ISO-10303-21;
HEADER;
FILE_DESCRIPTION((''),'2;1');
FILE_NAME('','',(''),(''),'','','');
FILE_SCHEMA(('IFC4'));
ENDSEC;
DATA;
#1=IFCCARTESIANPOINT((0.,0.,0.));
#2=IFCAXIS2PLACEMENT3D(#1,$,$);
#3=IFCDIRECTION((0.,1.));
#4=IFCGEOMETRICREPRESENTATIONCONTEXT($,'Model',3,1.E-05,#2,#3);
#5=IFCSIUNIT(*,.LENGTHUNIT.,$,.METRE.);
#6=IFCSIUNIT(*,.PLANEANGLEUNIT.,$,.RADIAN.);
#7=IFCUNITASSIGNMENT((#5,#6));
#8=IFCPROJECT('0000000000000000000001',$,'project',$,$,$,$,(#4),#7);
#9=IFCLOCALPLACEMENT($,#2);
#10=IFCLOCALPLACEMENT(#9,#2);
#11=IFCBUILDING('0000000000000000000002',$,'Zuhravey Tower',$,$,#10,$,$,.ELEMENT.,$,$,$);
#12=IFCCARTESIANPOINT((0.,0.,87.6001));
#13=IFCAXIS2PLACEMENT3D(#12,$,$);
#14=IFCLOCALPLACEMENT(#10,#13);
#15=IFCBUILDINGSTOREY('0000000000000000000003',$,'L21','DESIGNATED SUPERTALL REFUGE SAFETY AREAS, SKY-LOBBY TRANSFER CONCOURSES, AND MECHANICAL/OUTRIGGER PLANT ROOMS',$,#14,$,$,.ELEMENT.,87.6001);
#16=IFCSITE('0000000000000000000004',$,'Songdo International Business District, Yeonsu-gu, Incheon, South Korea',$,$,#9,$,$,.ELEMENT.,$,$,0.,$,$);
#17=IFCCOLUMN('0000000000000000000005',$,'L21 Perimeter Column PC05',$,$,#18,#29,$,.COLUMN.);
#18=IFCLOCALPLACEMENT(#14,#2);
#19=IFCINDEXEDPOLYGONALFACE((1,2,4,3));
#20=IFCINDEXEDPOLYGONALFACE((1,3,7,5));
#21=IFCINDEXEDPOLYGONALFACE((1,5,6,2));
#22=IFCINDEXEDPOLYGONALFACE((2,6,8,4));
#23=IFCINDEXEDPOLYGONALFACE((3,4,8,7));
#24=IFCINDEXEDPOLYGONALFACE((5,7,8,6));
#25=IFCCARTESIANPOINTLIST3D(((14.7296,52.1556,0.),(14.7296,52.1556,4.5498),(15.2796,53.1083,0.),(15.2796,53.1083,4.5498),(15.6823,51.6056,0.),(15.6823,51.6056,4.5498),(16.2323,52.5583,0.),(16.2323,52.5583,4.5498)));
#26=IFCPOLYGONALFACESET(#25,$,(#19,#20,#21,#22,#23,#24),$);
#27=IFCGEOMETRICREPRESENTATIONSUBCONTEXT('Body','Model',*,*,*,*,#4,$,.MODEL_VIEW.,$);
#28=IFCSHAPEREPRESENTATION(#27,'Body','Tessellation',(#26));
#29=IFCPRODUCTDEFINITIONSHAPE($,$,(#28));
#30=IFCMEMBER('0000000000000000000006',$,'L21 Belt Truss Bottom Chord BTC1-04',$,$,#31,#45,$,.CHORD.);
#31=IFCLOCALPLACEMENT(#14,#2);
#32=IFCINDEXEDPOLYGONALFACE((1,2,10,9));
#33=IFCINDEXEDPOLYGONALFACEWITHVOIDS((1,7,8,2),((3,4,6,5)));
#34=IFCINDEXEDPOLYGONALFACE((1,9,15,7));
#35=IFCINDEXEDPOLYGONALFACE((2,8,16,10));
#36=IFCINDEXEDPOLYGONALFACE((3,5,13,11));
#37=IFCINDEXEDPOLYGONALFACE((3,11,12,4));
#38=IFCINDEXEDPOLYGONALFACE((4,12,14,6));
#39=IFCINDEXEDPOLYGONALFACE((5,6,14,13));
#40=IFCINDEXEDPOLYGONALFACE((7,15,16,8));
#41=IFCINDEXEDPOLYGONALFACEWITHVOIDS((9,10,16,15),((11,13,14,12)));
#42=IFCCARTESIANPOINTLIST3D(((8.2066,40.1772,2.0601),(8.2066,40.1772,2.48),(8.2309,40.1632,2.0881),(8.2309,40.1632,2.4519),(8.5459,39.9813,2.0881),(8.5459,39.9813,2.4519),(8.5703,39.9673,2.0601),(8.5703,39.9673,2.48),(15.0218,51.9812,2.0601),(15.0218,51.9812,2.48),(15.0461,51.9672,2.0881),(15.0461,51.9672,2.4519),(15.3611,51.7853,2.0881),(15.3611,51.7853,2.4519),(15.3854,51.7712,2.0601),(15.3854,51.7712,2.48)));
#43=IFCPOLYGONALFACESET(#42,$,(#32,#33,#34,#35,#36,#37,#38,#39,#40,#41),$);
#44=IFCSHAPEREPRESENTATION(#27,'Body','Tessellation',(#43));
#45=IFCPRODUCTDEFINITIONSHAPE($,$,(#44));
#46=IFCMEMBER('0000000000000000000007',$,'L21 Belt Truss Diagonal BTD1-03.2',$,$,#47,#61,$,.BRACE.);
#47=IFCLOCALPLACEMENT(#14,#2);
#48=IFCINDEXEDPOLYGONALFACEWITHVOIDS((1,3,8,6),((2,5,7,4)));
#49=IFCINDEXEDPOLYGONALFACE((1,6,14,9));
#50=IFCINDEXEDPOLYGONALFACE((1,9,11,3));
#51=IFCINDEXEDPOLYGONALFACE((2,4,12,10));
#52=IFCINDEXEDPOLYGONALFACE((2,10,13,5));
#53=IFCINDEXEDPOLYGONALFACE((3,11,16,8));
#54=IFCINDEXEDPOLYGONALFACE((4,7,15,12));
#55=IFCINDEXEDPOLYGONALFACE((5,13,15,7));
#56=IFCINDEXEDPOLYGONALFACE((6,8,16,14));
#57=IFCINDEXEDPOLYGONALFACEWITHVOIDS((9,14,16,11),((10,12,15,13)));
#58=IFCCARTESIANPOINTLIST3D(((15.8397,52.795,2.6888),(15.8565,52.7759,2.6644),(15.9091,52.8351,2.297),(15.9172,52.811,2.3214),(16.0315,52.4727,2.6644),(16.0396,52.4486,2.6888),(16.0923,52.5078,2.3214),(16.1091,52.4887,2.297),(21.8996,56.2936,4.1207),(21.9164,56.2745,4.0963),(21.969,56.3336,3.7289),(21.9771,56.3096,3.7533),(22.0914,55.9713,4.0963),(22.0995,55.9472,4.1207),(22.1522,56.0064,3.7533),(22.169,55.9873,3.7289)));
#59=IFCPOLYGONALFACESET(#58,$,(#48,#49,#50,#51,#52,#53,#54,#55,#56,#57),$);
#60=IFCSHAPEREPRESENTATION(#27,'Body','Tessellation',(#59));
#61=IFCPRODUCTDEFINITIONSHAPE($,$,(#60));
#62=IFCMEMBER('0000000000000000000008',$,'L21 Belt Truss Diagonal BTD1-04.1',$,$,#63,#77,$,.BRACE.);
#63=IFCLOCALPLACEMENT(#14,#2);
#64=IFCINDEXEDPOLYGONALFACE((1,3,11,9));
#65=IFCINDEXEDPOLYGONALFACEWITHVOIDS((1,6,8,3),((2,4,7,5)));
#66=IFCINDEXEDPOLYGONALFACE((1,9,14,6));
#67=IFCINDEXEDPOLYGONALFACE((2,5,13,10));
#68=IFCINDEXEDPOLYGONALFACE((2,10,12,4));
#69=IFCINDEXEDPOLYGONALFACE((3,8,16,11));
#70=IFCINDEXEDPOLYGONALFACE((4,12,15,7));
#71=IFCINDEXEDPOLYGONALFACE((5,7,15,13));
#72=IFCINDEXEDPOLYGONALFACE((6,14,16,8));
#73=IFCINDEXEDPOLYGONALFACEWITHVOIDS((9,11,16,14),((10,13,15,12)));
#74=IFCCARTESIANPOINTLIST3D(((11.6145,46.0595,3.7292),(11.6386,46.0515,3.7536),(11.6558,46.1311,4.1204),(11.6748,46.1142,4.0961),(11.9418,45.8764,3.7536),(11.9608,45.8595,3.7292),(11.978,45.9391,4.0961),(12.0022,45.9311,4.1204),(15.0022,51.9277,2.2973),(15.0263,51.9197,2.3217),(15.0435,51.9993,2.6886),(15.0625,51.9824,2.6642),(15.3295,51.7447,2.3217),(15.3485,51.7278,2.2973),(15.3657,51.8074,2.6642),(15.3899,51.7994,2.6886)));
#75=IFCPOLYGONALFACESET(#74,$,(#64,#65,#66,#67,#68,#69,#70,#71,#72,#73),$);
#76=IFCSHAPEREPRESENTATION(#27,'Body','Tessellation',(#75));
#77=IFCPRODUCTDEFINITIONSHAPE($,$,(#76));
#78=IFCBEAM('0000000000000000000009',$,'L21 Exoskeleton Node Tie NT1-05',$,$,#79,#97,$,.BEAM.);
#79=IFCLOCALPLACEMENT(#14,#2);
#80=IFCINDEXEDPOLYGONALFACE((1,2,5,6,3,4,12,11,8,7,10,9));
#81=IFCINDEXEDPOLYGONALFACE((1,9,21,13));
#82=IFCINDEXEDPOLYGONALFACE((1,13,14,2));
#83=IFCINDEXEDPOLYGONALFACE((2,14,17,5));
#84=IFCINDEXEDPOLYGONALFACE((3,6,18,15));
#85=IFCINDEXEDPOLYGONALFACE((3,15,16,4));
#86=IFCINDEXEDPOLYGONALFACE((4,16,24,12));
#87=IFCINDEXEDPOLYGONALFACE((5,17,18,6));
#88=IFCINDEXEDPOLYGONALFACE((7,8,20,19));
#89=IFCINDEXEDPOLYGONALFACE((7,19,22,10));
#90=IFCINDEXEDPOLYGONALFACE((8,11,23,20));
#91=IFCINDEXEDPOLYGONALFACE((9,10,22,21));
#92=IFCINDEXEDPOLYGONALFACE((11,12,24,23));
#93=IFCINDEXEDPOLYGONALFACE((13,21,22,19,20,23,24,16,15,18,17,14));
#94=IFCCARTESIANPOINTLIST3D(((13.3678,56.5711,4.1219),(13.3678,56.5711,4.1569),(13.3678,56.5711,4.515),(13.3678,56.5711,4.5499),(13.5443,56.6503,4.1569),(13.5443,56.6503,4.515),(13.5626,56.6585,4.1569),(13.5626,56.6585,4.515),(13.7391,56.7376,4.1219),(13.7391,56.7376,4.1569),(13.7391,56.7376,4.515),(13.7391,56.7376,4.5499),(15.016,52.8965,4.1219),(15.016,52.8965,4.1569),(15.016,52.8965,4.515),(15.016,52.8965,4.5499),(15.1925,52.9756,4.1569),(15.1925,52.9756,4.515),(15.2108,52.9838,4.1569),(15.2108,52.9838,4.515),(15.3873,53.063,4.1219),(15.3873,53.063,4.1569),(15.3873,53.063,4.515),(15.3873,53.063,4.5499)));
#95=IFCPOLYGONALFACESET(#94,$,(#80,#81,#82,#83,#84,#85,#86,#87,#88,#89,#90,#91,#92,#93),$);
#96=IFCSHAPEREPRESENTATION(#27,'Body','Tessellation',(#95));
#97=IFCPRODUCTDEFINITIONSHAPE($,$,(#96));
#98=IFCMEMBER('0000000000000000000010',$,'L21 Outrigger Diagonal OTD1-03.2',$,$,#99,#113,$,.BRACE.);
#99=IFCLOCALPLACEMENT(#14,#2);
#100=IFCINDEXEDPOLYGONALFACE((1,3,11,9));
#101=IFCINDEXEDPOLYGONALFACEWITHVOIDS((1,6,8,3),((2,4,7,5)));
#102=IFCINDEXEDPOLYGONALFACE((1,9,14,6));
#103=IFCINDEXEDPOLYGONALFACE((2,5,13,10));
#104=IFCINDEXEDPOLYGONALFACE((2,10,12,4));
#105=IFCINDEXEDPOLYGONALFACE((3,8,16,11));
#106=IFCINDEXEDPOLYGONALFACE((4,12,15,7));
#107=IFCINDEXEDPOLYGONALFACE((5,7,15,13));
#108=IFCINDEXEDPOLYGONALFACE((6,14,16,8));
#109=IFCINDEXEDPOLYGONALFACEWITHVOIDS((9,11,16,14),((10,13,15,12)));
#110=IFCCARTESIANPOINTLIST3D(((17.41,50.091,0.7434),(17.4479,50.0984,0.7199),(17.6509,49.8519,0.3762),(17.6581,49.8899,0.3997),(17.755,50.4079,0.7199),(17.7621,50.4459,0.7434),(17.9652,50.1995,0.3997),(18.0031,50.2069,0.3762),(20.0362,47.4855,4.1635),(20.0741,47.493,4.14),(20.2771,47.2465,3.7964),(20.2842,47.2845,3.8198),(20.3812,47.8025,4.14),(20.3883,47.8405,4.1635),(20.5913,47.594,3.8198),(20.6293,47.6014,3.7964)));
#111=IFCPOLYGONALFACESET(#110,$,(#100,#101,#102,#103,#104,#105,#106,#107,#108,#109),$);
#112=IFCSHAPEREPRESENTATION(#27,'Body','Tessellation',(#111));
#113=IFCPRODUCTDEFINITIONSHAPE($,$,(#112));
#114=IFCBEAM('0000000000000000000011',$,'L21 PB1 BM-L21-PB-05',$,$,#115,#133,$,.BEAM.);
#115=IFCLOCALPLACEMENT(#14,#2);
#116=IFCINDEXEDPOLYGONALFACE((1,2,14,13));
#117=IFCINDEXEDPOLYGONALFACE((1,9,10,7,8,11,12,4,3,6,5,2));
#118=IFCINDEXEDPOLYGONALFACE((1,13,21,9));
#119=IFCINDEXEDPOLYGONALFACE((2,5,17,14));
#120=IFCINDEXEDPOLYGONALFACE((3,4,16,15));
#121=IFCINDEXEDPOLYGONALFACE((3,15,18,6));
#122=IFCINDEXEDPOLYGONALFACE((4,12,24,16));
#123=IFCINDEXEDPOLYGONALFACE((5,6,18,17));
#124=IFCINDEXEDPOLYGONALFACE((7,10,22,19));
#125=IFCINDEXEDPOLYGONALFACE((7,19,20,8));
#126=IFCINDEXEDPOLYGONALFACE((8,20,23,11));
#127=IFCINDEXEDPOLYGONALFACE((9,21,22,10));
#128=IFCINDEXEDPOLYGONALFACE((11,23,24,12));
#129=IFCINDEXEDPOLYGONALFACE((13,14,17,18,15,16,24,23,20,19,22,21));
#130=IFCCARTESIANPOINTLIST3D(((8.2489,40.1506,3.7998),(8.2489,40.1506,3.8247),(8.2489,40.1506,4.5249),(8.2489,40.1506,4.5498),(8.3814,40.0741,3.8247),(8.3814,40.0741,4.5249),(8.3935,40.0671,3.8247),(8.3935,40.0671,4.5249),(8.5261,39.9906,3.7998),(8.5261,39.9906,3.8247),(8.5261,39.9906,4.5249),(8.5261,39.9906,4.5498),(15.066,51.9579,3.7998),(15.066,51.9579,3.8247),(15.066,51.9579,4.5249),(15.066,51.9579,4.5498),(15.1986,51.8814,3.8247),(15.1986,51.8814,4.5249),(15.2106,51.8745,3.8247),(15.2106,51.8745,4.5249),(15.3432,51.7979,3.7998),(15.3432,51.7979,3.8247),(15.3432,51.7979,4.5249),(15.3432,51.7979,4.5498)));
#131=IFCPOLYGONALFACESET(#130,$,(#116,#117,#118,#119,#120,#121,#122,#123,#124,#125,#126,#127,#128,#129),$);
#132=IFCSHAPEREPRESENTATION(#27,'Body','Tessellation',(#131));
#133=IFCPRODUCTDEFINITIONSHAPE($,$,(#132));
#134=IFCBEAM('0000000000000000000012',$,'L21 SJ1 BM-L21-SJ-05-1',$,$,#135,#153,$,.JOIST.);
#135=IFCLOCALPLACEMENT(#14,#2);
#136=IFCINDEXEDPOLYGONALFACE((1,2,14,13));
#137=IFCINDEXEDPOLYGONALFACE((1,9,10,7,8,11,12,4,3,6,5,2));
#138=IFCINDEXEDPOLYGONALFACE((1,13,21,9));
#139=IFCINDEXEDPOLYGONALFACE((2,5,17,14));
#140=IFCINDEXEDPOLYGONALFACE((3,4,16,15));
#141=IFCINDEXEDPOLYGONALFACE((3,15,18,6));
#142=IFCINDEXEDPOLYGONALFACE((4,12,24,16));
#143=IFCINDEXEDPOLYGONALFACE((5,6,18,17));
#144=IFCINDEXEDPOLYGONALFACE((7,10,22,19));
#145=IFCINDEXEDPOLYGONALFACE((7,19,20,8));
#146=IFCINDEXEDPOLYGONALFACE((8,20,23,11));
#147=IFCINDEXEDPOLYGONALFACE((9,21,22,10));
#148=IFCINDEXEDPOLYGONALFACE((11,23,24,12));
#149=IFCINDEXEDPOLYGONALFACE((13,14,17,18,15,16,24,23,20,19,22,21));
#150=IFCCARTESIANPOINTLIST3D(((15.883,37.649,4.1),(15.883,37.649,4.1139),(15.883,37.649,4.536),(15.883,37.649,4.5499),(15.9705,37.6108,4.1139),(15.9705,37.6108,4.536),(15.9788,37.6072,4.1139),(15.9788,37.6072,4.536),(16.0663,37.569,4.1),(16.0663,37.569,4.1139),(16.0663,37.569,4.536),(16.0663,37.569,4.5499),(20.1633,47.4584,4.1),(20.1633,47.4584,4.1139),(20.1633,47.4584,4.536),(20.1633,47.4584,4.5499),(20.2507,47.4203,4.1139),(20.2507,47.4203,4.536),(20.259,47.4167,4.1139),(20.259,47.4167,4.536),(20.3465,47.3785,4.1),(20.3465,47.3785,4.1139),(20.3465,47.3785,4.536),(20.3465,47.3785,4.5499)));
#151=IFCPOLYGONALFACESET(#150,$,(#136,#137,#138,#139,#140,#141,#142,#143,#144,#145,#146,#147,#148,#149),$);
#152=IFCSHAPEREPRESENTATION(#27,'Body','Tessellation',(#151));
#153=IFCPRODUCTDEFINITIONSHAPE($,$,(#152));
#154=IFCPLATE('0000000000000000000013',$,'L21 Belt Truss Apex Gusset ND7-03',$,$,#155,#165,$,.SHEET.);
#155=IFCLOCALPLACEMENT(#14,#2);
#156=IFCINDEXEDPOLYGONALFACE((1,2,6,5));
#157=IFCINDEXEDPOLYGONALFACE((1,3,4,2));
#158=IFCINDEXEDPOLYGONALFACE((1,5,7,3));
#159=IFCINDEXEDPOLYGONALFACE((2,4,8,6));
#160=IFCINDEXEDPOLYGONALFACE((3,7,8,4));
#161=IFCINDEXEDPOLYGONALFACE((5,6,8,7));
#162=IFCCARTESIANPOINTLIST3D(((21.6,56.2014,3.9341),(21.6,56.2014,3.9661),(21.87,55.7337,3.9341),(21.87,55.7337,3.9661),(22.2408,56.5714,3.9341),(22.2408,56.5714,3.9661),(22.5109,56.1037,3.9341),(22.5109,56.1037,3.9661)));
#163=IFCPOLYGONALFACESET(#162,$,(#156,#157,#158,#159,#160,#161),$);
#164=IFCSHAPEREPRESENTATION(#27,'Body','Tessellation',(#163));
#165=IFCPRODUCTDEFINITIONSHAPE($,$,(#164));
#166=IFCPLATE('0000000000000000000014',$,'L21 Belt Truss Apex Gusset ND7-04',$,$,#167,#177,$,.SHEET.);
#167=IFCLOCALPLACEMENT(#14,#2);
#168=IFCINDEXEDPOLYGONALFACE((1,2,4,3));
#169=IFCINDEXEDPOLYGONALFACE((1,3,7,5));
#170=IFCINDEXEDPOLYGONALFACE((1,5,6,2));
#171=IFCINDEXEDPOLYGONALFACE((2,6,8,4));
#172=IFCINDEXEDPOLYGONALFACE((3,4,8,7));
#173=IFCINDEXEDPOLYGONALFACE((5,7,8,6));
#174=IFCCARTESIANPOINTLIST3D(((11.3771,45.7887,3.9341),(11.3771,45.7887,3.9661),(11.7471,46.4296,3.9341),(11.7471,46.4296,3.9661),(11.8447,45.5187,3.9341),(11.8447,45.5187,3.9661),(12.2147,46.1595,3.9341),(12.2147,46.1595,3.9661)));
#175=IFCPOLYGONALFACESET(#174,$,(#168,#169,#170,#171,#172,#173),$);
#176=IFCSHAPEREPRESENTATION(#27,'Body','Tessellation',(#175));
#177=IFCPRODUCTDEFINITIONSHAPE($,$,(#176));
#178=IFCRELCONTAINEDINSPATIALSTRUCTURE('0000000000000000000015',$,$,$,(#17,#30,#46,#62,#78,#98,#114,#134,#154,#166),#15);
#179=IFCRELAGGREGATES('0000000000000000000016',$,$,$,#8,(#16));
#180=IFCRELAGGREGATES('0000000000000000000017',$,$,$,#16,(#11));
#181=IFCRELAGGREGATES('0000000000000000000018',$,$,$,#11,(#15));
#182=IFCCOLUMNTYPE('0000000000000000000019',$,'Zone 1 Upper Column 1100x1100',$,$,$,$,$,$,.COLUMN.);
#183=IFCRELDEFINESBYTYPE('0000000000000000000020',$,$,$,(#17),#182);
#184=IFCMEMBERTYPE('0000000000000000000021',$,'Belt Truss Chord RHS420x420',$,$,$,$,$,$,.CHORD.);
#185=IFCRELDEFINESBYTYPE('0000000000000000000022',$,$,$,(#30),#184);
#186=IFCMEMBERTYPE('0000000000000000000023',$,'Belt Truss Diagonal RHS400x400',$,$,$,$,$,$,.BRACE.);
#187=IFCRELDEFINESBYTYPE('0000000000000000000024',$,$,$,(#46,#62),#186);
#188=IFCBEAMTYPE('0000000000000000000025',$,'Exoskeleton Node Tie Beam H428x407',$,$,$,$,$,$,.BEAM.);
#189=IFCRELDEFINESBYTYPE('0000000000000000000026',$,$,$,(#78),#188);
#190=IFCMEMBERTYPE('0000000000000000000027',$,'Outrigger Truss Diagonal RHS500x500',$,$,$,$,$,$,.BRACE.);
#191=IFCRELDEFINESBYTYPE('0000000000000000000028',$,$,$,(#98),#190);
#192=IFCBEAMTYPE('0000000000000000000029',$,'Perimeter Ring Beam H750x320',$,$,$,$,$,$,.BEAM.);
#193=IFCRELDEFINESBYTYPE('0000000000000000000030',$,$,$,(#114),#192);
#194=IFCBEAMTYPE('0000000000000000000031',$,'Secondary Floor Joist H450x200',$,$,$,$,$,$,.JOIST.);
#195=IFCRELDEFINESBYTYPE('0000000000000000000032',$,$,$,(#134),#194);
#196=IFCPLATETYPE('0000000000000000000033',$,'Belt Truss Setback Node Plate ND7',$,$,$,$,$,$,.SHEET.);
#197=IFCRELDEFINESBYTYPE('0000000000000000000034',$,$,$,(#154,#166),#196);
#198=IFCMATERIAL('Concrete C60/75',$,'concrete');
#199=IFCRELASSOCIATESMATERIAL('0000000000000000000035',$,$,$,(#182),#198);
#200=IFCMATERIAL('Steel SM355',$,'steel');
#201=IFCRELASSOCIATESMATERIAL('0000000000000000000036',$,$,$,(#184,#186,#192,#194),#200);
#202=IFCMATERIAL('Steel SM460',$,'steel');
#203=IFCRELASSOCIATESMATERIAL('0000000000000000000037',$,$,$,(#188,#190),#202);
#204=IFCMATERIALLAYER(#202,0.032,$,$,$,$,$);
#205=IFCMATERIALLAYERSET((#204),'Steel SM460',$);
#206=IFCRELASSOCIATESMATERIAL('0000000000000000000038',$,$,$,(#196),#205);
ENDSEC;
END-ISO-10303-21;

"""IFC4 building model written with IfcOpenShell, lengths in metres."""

from ifc_helpers import new_model, si_unit, direction, frame, origin, origin_2d, place, context, subcontext, project, spatial, rectangle, hollow_rectangle, i_section, extrude, material, layer, layer_set, material_profile, profile_set, type_object, element, save


model = new_model("IFC4")

# Units and contexts
model_context = context("Model", 3, precision=1e-05, world=origin(), true_north=direction((0.0, 1.0)))
body_context = subcontext(model_context, "Body", "Model", "MODEL_VIEW")
ifc_project = project(units=[si_unit("LENGTHUNIT", "METRE"), si_unit("PLANEANGLEUNIT", "RADIAN")], contexts=[model_context])

# Site, building, storey
site_placement = place(None, origin())
site = spatial("IfcSite", under=ifc_project, at=site_placement, Name="Songdo International Business District, Yeonsu-gu, Incheon, South Korea", CompositionType="ELEMENT", RefElevation=0.0)
building_placement = place(site_placement, origin())
building = spatial("IfcBuilding", under=site, at=building_placement, Name="Zuhravey Tower", CompositionType="ELEMENT")
storey_placement = place(building_placement, frame((0.0, 0.0, 87.6001)))
storey = spatial("IfcBuildingStorey", under=building, at=storey_placement, Name="L21", Description="DESIGNATED SUPERTALL REFUGE SAFETY AREAS, SKY-LOBBY TRANSFER CONCOURSES, AND MECHANICAL/OUTRIGGER PLANT ROOMS", CompositionType="ELEMENT", Elevation=87.6001)

# Column
ifc_material_1 = material(Name="Concrete C60/75", Category="concrete")
ifc_material_profile_1 = material_profile(ifc_material_1, rectangle(XDim=1.1001, YDim=1.1001, at=origin_2d()), Name="RC-1100x1100")
ifc_profile_set_1 = profile_set([ifc_material_profile_1], Name="Concrete C60/75")
column_type = type_object("IfcColumnType", Name="Zone 1 Upper Column 1100x1100", PredefinedType="COLUMN", material=ifc_profile_set_1)
column_placement = place(storey_placement, frame((15.481, 52.3569, 0.0), z_axis=(0.0, 0.0, 1.0), x_axis=(-0.5, -0.866025, 0.0)))
element("IfcColumn", 1, at=column_placement, inside=storey, type_object=column_type, Name="L21 Perimeter Column PC05", PredefinedType="COLUMN", context=body_context, shape_type="SweptSolid", body=[
    extrude(rectangle(XDim=1.1001, YDim=1.1001, at=origin_2d()), origin(), (0.0, 0.0, 1.0), 4.5498),
])

# Members
ifc_material_2 = material(Name="Steel SM355", Category="steel")
ifc_material_profile_2 = material_profile(ifc_material_2, hollow_rectangle(XDim=0.4199, YDim=0.4199, WallThickness=0.0281, at=origin_2d()), Name="RHS-420x420x28")
ifc_profile_set_2 = profile_set([ifc_material_profile_2], Name="Steel SM355")
member_type_1 = type_object("IfcMemberType", Name="Belt Truss Chord RHS420x420", PredefinedType="CHORD", material=ifc_profile_set_2)
member_1_placement = place(storey_placement, frame((15.2036, 51.8762, 2.27), z_axis=(-0.500009, -0.86602, 0.0), x_axis=(0.86602, -0.500009, 0.0)))
element("IfcMember", 2, at=member_1_placement, inside=storey, type_object=member_type_1, Name="L21 Belt Truss Bottom Chord BTC1-04", PredefinedType="CHORD", context=body_context, shape_type="SweptSolid", body=[
    extrude(hollow_rectangle(XDim=0.4199, YDim=0.4199, WallThickness=0.0281, at=origin_2d()), origin(), (0.0, 0.0, 1.0), 13.6301),
])
ifc_material_profile_3 = material_profile(ifc_material_2, hollow_rectangle(XDim=0.3999, YDim=0.3999, WallThickness=0.0249, at=origin_2d()), Name="RHS-400x400x25")
ifc_profile_set_3 = profile_set([ifc_material_profile_3], Name="Steel SM355")
member_type_2 = type_object("IfcMemberType", Name="Belt Truss Diagonal RHS400x400", PredefinedType="BRACE", material=ifc_profile_set_3)
member_2_placement = place(storey_placement, frame((15.9744, 52.6418, 2.4929), z_axis=(0.848449, 0.489838, 0.200482), x_axis=(-0.499989, 0.866032, 0.0)))
element("IfcMember", 3, at=member_2_placement, inside=storey, type_object=member_type_2, Name="L21 Belt Truss Diagonal BTD1-03.2", PredefinedType="BRACE", context=body_context, shape_type="SweptSolid", body=[
    extrude(hollow_rectangle(XDim=0.3999, YDim=0.3999, WallThickness=0.0249, at=origin_2d()), origin(), (0.0, 0.0, 1.0), 7.1423),
])
member_3_placement = place(storey_placement, frame((15.196, 51.8635, 2.4929), z_axis=(-0.489165, -0.847331, 0.206756), x_axis=(0.866044, -0.499968, 0.0)))
element("IfcMember", 4, at=member_3_placement, inside=storey, type_object=member_type_2, Name="L21 Belt Truss Diagonal BTD1-04.1", PredefinedType="BRACE", context=body_context, shape_type="SweptSolid", body=[
    extrude(hollow_rectangle(XDim=0.3999, YDim=0.3999, WallThickness=0.0249, at=origin_2d()), origin(), (0.0, 0.0, 1.0), 6.9255),
])

# Beam
ifc_material_3 = material(Name="Steel SM460", Category="steel")
ifc_material_profile_4 = material_profile(ifc_material_3, i_section(OverallWidth=0.407, OverallDepth=0.428, WebThickness=0.02, FlangeThickness=0.0349, at=origin_2d()), Name="H-428x407x20x35")
ifc_profile_set_4 = profile_set([ifc_material_profile_4], Name="Steel SM460")
beam_type_1 = type_object("IfcBeamType", Name="Exoskeleton Node Tie Beam H428x407", PredefinedType="BEAM", material=ifc_profile_set_4)
beam_1_placement = place(storey_placement, frame((15.2017, 52.9797, 4.3359), z_axis=(-0.409258, 0.912419, 0.0), x_axis=(-0.912419, -0.409258, 0.0)))
element("IfcBeam", 5, at=beam_1_placement, inside=storey, type_object=beam_type_1, Name="L21 Exoskeleton Node Tie NT1-05", PredefinedType="BEAM", context=body_context, shape_type="SweptSolid", body=[
    extrude(i_section(OverallWidth=0.407, OverallDepth=0.428, WebThickness=0.02, FlangeThickness=0.0349, at=origin_2d()), origin(), (0.0, 0.0, 1.0), 4.0273),
])

# Member
ifc_material_profile_5 = material_profile(ifc_material_3, hollow_rectangle(XDim=0.5, YDim=0.5, WallThickness=0.032, at=origin_2d()), Name="RHS-500x500x32")
ifc_profile_set_5 = profile_set([ifc_material_profile_5], Name="Steel SM460")
member_type_3 = type_object("IfcMemberType", Name="Outrigger Truss Diagonal RHS500x500", PredefinedType="BRACE", material=ifc_profile_set_5)
member_4_placement = place(storey_placement, frame((17.7065, 50.1489, 0.5598), z_axis=(0.521266, -0.517147, 0.678852), x_axis=(0.704296, 0.709906, 0.0)))
element("IfcMember", 6, at=member_4_placement, inside=storey, type_object=member_type_3, Name="L21 Outrigger Diagonal OTD1-03.2", PredefinedType="BRACE", context=body_context, shape_type="SweptSolid", body=[
    extrude(hollow_rectangle(XDim=0.5, YDim=0.5, WallThickness=0.032, at=origin_2d()), origin(), (0.0, 0.0, 1.0), 5.0381),
])

# Beams
ifc_material_profile_6 = material_profile(ifc_material_2, i_section(OverallWidth=0.3201, OverallDepth=0.75, WebThickness=0.0139, FlangeThickness=0.0249, at=origin_2d()), Name="H-750x320x14x25")
ifc_profile_set_6 = profile_set([ifc_material_profile_6], Name="Steel SM355")
beam_type_2 = type_object("IfcBeamType", Name="Perimeter Ring Beam H750x320", PredefinedType="BEAM", material=ifc_profile_set_6)
beam_2_placement = place(storey_placement, frame((15.2046, 51.8779, 4.1748), z_axis=(-0.500008, -0.866021, 0.0), x_axis=(0.866021, -0.500008, 0.0)))
element("IfcBeam", 7, at=beam_2_placement, inside=storey, type_object=beam_type_2, Name="L21 PB1 BM-L21-PB-05", PredefinedType="BEAM", context=body_context, shape_type="SweptSolid", body=[
    extrude(i_section(OverallWidth=0.3201, OverallDepth=0.75, WebThickness=0.0139, FlangeThickness=0.0249, at=origin_2d()), origin(), (0.0, 0.0, 1.0), 13.634),
])
ifc_material_profile_7 = material_profile(ifc_material_2, i_section(OverallWidth=0.2, OverallDepth=0.45, WebThickness=0.009, FlangeThickness=0.0139, at=origin_2d()), Name="H-450x200x9x14")
ifc_profile_set_7 = profile_set([ifc_material_profile_7], Name="Steel SM355")
beam_type_3 = type_object("IfcBeamType", Name="Secondary Floor Joist H450x200", PredefinedType="JOIST", material=ifc_profile_set_7)
beam_3_placement = place(storey_placement, frame((20.2549, 47.4185, 4.325), z_axis=(-0.399924, -0.916549, 0.0), x_axis=(0.916549, -0.399924, 0.0)))
element("IfcBeam", 8, at=beam_3_placement, inside=storey, type_object=beam_type_3, Name="L21 SJ1 BM-L21-SJ-05-1", PredefinedType="JOIST", context=body_context, shape_type="SweptSolid", body=[
    extrude(i_section(OverallWidth=0.2, OverallDepth=0.45, WebThickness=0.009, FlangeThickness=0.0139, at=origin_2d()), origin(), (0.0, 0.0, 1.0), 10.7026),
])

# Plates
ifc_layer_1 = layer(ifc_material_3, 0.032)
ifc_layer_set_1 = layer_set([ifc_layer_1], Name="Steel SM460")
plate_type_1 = type_object("IfcPlateType", Name="Belt Truss Setback Node Plate ND7", PredefinedType="SHEET", material=ifc_layer_set_1)
for number, where, z_axis, x_axis, name in (
    (9, (22.0554, 56.1526, 3.9341), (0.0, 0.0, 1.0), (-0.866025, -0.5, 0.0), "L21 Belt Truss Apex Gusset ND7-03"),
    (10, (11.7959, 45.9741, 3.9341), (0.0, 0.0, 1.0), (-0.5, -0.866025, 0.0), "L21 Belt Truss Apex Gusset ND7-04"),
):
    element("IfcPlate", number, at=place(storey_placement, frame(where, z_axis=z_axis, x_axis=x_axis)), inside=storey, type_object=plate_type_1, Name=name, PredefinedType="SHEET", context=body_context, shape_type="SweptSolid", body=[
        extrude(rectangle(XDim=0.74, YDim=0.54, at=origin_2d()), origin(), (0.0, 0.0, 1.0), 0.032),
    ])

save(model, "model.ifc")
